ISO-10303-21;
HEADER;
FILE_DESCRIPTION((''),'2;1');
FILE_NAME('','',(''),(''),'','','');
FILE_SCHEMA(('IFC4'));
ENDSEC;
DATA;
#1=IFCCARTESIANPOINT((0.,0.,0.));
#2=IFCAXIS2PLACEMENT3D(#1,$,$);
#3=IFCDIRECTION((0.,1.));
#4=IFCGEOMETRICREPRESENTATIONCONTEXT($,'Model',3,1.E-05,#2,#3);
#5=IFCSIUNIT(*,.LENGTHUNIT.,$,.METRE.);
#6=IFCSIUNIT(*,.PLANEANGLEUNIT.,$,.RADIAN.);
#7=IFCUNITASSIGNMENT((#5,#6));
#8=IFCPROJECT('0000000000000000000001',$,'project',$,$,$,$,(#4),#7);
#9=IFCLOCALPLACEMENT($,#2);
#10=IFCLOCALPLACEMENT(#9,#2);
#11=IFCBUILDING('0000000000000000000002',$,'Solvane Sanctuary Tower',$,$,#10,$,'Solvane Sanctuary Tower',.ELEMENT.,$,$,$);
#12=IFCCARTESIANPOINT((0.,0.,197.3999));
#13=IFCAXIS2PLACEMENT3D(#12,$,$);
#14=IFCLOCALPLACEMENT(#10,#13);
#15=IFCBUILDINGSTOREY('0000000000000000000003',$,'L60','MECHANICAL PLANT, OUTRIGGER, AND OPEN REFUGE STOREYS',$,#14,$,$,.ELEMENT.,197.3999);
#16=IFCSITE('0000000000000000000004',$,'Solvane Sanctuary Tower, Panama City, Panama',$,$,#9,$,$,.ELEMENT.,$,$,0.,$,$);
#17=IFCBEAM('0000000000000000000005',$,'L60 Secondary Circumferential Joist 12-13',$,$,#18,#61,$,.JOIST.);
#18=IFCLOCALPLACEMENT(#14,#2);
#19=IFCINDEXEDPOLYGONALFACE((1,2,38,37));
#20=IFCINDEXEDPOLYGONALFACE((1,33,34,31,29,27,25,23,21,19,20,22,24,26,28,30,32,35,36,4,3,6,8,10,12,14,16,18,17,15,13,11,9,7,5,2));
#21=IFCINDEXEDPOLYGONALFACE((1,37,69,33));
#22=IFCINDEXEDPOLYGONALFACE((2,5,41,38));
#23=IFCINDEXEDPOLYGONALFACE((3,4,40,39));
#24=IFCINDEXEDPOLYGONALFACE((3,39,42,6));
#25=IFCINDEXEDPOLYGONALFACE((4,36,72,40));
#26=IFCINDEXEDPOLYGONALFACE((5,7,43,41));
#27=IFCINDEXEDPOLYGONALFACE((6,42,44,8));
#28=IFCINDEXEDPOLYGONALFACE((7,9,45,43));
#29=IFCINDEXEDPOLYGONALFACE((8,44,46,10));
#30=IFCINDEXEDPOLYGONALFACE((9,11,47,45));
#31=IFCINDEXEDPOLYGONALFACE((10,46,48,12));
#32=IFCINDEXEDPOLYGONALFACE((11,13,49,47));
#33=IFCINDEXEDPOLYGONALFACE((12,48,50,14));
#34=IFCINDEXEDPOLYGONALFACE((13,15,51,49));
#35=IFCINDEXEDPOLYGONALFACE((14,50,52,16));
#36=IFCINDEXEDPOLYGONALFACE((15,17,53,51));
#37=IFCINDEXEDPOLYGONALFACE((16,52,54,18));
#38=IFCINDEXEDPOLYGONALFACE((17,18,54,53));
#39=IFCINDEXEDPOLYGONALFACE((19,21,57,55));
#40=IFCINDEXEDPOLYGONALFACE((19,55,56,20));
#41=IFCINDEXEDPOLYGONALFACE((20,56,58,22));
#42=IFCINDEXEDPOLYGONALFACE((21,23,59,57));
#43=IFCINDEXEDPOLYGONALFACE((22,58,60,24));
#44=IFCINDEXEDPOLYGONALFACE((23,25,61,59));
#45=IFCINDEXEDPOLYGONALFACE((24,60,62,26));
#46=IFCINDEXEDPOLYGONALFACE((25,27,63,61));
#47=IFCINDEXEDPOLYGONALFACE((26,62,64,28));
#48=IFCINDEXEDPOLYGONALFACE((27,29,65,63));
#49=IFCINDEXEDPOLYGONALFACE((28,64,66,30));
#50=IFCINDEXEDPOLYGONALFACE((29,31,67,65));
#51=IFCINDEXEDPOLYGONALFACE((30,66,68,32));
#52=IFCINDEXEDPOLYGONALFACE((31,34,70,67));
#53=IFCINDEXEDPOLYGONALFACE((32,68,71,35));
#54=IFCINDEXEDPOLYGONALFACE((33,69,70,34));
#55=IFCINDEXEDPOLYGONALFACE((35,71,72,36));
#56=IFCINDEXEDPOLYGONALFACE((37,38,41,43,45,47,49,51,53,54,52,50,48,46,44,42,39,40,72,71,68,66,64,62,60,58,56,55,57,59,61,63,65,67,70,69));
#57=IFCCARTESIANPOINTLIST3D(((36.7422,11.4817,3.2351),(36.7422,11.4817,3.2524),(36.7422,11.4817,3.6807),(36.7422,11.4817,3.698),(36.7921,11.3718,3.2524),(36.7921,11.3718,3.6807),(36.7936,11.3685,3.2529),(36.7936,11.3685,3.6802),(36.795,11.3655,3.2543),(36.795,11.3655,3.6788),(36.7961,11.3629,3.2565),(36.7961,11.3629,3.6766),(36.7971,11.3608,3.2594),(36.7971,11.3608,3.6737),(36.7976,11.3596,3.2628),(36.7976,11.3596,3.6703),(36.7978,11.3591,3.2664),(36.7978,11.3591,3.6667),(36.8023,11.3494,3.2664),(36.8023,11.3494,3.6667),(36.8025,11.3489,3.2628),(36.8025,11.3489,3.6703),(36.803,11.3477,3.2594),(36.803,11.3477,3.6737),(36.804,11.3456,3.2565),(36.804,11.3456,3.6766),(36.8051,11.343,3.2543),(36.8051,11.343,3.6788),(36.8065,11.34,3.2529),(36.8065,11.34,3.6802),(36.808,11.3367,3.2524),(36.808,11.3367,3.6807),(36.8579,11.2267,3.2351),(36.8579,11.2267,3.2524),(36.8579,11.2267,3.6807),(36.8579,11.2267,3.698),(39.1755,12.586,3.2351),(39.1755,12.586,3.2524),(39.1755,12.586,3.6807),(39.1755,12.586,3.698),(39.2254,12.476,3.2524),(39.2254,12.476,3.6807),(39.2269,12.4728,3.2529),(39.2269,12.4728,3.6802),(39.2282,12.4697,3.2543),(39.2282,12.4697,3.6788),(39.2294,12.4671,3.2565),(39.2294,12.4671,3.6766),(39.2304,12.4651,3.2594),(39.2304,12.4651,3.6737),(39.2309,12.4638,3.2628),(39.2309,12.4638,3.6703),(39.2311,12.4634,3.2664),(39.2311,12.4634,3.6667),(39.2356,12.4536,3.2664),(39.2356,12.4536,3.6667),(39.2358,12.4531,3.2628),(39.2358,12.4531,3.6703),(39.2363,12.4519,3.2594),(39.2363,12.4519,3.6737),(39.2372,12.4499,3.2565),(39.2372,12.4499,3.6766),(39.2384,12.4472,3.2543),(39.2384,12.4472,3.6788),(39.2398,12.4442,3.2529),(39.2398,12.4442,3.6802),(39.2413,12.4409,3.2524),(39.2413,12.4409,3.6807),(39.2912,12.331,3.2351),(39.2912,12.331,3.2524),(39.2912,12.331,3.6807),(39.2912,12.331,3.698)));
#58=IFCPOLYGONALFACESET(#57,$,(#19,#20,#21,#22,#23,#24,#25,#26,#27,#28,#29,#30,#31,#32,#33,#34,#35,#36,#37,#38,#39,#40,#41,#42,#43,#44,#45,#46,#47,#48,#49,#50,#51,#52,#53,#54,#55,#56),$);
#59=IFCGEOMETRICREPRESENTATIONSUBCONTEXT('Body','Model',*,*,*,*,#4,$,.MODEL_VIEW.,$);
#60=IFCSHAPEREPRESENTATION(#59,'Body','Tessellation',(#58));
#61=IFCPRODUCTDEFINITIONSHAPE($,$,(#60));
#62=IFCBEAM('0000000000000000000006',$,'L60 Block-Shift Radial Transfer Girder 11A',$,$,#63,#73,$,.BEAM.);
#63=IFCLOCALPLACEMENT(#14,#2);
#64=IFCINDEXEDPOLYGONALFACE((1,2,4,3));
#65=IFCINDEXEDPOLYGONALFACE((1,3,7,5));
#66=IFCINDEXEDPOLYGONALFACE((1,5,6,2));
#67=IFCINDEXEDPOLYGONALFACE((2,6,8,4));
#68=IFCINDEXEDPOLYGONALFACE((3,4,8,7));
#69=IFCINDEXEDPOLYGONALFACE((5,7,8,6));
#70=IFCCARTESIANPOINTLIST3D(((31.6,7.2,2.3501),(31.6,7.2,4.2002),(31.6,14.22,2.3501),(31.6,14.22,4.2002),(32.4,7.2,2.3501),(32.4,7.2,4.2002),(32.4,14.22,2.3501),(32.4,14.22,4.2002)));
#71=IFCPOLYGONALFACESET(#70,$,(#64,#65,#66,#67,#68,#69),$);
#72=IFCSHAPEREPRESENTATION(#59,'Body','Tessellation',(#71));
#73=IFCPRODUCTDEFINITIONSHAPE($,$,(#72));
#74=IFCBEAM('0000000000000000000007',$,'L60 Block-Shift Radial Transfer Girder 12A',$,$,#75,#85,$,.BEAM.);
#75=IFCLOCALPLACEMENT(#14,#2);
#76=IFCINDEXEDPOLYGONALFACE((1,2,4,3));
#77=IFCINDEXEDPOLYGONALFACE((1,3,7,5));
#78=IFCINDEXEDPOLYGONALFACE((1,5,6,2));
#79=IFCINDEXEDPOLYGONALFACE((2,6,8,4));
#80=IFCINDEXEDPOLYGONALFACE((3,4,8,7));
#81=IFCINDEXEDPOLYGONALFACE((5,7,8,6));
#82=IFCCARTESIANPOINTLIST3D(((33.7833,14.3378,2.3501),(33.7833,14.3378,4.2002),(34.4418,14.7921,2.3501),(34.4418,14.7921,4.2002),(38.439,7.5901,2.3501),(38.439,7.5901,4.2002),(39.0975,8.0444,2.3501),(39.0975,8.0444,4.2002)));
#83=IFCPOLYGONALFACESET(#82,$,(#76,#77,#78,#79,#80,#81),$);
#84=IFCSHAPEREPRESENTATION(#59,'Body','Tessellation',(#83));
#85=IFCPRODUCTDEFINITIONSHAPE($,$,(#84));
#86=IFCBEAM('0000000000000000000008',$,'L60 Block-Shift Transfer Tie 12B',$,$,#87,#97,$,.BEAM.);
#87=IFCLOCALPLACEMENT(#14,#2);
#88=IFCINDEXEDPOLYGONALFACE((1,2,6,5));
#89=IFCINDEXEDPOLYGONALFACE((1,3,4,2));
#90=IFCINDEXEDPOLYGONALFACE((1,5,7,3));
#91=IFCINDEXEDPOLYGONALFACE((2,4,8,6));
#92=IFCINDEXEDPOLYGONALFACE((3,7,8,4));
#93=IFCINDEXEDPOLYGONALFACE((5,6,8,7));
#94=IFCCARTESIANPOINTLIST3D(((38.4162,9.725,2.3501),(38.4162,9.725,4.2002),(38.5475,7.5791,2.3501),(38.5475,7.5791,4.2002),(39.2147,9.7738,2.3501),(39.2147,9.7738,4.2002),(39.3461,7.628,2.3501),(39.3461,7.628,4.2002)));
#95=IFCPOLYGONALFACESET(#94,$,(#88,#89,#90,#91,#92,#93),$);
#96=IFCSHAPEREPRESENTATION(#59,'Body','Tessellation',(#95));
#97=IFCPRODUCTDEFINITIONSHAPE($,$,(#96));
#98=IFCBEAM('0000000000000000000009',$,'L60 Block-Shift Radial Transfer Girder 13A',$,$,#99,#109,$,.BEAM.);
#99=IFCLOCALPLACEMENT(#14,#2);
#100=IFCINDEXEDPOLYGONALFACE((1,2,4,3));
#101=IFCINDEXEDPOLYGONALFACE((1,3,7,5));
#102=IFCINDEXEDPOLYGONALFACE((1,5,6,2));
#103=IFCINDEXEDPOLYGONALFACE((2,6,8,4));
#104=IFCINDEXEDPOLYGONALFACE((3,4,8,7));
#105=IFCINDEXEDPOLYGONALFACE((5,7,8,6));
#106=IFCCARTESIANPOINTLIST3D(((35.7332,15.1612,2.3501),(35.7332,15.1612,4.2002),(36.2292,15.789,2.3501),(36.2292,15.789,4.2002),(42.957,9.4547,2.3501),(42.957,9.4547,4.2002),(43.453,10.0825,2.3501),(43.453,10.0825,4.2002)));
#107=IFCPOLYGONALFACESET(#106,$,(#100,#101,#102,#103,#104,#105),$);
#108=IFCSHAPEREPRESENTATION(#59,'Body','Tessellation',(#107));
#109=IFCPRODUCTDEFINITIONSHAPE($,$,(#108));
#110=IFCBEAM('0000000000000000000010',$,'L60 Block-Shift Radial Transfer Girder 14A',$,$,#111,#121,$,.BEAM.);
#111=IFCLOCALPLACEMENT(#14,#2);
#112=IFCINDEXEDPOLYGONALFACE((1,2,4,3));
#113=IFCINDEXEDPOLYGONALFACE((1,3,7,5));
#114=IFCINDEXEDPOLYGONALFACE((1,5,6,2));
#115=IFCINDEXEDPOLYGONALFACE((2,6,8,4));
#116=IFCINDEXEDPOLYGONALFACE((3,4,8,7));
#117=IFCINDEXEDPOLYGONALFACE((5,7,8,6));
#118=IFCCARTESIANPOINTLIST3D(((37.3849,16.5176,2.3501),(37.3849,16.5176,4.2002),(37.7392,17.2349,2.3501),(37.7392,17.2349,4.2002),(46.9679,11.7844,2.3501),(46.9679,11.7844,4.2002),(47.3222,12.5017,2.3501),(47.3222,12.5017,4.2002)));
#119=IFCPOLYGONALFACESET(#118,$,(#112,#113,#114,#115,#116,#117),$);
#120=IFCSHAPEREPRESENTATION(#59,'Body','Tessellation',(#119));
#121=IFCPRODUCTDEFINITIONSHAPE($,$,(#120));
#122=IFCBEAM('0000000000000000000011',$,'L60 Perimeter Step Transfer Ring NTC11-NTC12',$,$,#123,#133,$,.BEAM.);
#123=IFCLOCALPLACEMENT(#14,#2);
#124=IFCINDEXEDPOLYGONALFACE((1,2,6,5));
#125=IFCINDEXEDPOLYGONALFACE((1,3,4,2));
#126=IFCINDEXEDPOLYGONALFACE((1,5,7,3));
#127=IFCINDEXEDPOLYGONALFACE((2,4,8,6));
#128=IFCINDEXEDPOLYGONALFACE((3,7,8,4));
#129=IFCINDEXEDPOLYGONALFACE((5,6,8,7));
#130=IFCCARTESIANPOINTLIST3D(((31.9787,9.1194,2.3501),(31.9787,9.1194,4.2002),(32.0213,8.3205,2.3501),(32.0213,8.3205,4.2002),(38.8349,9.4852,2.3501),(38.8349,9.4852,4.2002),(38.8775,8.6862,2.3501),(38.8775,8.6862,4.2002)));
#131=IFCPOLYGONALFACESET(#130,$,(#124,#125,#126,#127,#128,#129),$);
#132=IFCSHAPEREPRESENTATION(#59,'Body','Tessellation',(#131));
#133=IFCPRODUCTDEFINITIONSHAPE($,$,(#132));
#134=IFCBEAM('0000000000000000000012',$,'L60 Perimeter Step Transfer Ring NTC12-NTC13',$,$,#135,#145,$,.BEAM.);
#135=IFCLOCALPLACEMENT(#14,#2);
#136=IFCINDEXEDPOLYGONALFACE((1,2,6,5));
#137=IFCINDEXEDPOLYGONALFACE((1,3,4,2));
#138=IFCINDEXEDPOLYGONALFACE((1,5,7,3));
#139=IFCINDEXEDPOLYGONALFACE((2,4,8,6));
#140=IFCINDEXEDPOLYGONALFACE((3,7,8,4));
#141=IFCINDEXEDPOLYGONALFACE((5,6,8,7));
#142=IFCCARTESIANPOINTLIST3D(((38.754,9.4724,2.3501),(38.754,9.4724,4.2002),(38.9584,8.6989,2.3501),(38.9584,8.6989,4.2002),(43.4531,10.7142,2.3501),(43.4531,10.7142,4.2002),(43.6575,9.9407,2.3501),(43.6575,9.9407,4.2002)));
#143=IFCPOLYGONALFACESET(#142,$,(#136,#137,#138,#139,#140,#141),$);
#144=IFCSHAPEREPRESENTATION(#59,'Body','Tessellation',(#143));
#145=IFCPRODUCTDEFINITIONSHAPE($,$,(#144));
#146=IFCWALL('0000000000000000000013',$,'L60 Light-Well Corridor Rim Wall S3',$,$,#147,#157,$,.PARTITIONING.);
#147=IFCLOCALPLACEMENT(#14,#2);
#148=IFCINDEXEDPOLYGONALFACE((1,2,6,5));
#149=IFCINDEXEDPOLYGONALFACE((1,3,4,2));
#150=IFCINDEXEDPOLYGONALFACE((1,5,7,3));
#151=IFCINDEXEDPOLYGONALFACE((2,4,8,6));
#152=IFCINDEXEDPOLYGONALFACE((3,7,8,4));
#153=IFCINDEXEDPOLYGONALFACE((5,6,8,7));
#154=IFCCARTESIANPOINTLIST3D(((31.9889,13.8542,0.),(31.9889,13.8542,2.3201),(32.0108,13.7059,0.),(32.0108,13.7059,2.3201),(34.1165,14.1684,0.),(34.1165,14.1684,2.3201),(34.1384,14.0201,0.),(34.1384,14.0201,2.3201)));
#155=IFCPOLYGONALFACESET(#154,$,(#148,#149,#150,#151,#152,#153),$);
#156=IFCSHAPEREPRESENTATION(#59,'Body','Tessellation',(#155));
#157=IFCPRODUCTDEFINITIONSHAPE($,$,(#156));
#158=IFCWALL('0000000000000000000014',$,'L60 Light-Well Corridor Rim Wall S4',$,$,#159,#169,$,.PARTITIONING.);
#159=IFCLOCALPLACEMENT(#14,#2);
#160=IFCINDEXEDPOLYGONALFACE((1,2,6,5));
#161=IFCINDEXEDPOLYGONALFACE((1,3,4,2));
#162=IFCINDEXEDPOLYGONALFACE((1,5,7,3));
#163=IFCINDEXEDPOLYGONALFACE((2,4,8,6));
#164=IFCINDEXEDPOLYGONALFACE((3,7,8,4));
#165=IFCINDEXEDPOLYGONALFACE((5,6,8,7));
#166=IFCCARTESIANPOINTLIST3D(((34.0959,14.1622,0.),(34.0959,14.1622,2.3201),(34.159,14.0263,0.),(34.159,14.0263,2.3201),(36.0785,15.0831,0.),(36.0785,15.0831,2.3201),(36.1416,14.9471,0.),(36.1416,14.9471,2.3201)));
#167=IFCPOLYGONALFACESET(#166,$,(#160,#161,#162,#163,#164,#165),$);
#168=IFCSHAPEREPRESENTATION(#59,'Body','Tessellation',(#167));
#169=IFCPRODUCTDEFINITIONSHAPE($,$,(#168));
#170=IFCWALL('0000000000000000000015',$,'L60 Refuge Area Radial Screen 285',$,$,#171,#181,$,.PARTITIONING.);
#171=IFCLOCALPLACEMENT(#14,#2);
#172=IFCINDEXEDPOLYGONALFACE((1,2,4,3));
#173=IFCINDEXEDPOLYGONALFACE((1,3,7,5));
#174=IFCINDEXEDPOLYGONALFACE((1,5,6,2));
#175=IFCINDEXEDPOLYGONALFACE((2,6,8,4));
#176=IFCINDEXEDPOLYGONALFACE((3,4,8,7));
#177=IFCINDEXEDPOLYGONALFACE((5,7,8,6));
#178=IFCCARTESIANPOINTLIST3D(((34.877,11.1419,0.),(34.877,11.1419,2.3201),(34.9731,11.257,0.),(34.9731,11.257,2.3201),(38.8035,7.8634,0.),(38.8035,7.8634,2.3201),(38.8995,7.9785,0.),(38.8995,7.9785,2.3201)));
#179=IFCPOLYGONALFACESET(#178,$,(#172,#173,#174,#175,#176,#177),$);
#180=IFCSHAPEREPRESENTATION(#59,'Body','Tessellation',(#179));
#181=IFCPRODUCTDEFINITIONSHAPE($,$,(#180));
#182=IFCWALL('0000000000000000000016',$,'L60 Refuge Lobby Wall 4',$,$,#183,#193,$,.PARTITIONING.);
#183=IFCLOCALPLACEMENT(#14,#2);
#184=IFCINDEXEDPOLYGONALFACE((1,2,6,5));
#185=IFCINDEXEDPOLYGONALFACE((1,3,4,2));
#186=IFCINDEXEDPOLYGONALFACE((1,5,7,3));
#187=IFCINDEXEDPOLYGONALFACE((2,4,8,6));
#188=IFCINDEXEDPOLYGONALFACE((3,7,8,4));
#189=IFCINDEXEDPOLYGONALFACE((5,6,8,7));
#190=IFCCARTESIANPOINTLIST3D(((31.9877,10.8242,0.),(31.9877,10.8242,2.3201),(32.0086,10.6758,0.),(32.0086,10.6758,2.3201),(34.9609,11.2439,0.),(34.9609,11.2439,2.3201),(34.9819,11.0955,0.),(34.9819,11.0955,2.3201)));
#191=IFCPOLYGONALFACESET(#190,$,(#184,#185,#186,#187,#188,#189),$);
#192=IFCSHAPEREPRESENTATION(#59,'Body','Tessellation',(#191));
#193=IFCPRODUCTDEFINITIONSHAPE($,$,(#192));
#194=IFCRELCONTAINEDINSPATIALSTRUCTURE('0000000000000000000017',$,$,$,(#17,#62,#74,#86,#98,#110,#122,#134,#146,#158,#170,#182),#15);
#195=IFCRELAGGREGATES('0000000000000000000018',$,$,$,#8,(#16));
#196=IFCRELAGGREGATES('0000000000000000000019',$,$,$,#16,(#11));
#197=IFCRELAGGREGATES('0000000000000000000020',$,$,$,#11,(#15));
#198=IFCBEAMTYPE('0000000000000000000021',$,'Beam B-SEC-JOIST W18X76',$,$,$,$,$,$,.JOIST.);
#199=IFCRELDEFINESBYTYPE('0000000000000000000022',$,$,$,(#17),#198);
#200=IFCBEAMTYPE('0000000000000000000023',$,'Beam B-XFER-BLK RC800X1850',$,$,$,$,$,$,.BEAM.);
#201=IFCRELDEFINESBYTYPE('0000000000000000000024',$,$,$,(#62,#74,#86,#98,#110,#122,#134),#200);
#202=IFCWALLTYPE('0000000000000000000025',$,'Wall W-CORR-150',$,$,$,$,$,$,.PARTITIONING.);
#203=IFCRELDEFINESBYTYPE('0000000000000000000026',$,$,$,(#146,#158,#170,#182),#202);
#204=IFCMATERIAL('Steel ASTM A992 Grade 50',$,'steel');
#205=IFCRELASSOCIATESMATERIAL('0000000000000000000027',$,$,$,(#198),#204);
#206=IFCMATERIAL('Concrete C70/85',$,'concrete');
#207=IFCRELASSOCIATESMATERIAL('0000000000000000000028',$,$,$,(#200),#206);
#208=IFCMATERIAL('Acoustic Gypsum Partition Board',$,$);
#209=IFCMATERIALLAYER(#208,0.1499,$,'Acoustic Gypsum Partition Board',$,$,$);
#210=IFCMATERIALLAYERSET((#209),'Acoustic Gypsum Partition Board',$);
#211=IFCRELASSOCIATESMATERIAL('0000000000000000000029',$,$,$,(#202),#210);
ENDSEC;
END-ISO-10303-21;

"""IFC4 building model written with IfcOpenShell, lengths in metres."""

from ifc_helpers import new_model, si_unit, direction, frame, frame_2d, origin, origin_2d, place, context, subcontext, project, spatial, rectangle, i_section, extrude, material, layer, layer_set, material_profile, profile_set, type_object, element, save


model = new_model("IFC4")

# Units and contexts
model_context = context("Model", 3, precision=1e-05, world=origin(), true_north=direction((0.0, 1.0)))
body_context = subcontext(model_context, "Body", "Model", "MODEL_VIEW")
ifc_project = project(units=[si_unit("LENGTHUNIT", "METRE"), si_unit("PLANEANGLEUNIT", "RADIAN")], contexts=[model_context])

# Site, building, storey
site_placement = place(None, origin())
site = spatial("IfcSite", under=ifc_project, at=site_placement, Name="Solvane Sanctuary Tower, Panama City, Panama", CompositionType="ELEMENT", RefElevation=0.0)
building_placement = place(site_placement, origin())
building = spatial("IfcBuilding", under=site, at=building_placement, Name="Solvane Sanctuary Tower", LongName="Solvane Sanctuary Tower", CompositionType="ELEMENT")
storey_placement = place(building_placement, frame((0.0, 0.0, 197.3999)))
storey = spatial("IfcBuildingStorey", under=building, at=storey_placement, Name="L60", Description="MECHANICAL PLANT, OUTRIGGER, AND OPEN REFUGE STOREYS", CompositionType="ELEMENT", Elevation=197.3999)

# Beams
ifc_material_1 = material(Name="Steel ASTM A992 Grade 50", Category="steel")
ifc_material_profile_1 = material_profile(ifc_material_1, i_section(OverallWidth=0.28, OverallDepth=0.4629, WebThickness=0.0107, FlangeThickness=0.0173, FilletRadius=0.0139, at=origin_2d()), Name="W18X76")
ifc_profile_set_1 = profile_set([ifc_material_profile_1], Name="Steel ASTM A992 Grade 50")
beam_type_1 = type_object("IfcBeamType", Name="Beam B-SEC-JOIST W18X76", PredefinedType="JOIST", material=ifc_profile_set_1)
beam_1_placement = place(storey_placement, frame((36.8, 11.3542, 3.4666), z_axis=(0.910623, 0.413238, 0.0), x_axis=(-0.413238, 0.910623, 0.0)))
element("IfcBeam", 1, at=beam_1_placement, inside=storey, type_object=beam_type_1, Name="L60 Secondary Circumferential Joist 12-13", PredefinedType="JOIST", context=body_context, shape_type="SweptSolid", body=[
    extrude(i_section(OverallWidth=0.28, OverallDepth=0.4629, WebThickness=0.0107, FlangeThickness=0.0173, FilletRadius=0.0139, at=origin_2d()), origin(), (0.0, 0.0, 1.0), 2.6721),
])
ifc_material_2 = material(Name="Concrete C70/85", Category="concrete")
ifc_material_profile_2 = material_profile(ifc_material_2, rectangle(XDim=0.8, YDim=1.8501, at=origin_2d()), Name="RC800X1850")
ifc_profile_set_2 = profile_set([ifc_material_profile_2], Name="Concrete C70/85")
beam_type_2 = type_object("IfcBeamType", Name="Beam B-XFER-BLK RC800X1850", PredefinedType="BEAM", material=ifc_profile_set_2)
beam_2_placement = place(storey_placement, frame((32.0, 14.22, 3.2751), z_axis=(0.0, -1.0, 0.0), x_axis=(1.0, 0.0, 0.0)))
element("IfcBeam", 2, at=beam_2_placement, inside=storey, type_object=beam_type_2, Name="L60 Block-Shift Radial Transfer Girder 11A", PredefinedType="BEAM", context=body_context, shape_type="SweptSolid", body=[
    extrude(rectangle(XDim=0.8, YDim=1.8501, at=origin_2d()), origin(), (0.0, 0.0, 1.0), 7.02),
])
beam_3_placement = place(storey_placement, frame((34.1125, 14.5649, 3.2751), z_axis=(0.567907, -0.823093, 0.0), x_axis=(0.823093, 0.567907, 0.0)))
element("IfcBeam", 3, at=beam_3_placement, inside=storey, type_object=beam_type_2, Name="L60 Block-Shift Radial Transfer Girder 12A", PredefinedType="BEAM", context=body_context, shape_type="SweptSolid", body=[
    extrude(rectangle(XDim=0.8, YDim=1.8501, at=origin_2d()), origin(), (0.0, 0.0, 1.0), 8.198),
])
beam_4_placement = place(storey_placement, frame((38.9468, 7.6035, 3.2751), z_axis=(-0.061092, 0.998132, 0.0), x_axis=(-0.998132, -0.061092, 0.0)))
element("IfcBeam", 4, at=beam_4_placement, inside=storey, type_object=beam_type_2, Name="L60 Block-Shift Transfer Tie 12B", PredefinedType="BEAM", context=body_context, shape_type="SweptSolid", body=[
    extrude(rectangle(XDim=0.8, YDim=1.8501, at=origin_2d()), origin(), (0.0, 0.0, 1.0), 2.1499),
])
beam_5_placement = place(storey_placement, frame((35.9812, 15.4751, 3.2751), z_axis=(0.784699, -0.619877, 0.0), x_axis=(0.619877, 0.784699, 0.0)))
element("IfcBeam", 5, at=beam_5_placement, inside=storey, type_object=beam_type_2, Name="L60 Block-Shift Radial Transfer Girder 13A", PredefinedType="BEAM", context=body_context, shape_type="SweptSolid", body=[
    extrude(rectangle(XDim=0.8, YDim=1.8501, at=origin_2d()), origin(), (0.0, 0.0, 1.0), 9.2058),
])
beam_6_placement = place(storey_placement, frame((37.562, 16.8762, 3.2751), z_axis=(0.8966, -0.442841, 0.0), x_axis=(0.442841, 0.8966, 0.0)))
element("IfcBeam", 6, at=beam_6_placement, inside=storey, type_object=beam_type_2, Name="L60 Block-Shift Radial Transfer Girder 14A", PredefinedType="BEAM", context=body_context, shape_type="SweptSolid", body=[
    extrude(rectangle(XDim=0.8, YDim=1.8501, at=origin_2d()), origin(), (0.0, 0.0, 1.0), 10.6882),
])
beam_7_placement = place(storey_placement, frame((32.0, 8.72, 3.2751), z_axis=(0.99858, 0.053266, 0.0), x_axis=(-0.053266, 0.99858, 0.0)))
element("IfcBeam", 7, at=beam_7_placement, inside=storey, type_object=beam_type_2, Name="L60 Perimeter Step Transfer Ring NTC11-NTC12", PredefinedType="BEAM", context=body_context, shape_type="SweptSolid", body=[
    extrude(rectangle(XDim=0.8, YDim=1.8501, at=origin_2d()), origin(), (0.0, 0.0, 1.0), 6.866),
])
beam_8_placement = place(storey_placement, frame((38.8562, 9.0857, 3.2751), z_axis=(0.966814, 0.25548, 0.0), x_axis=(-0.25548, 0.966814, 0.0)))
element("IfcBeam", 8, at=beam_8_placement, inside=storey, type_object=beam_type_2, Name="L60 Perimeter Step Transfer Ring NTC12-NTC13", PredefinedType="BEAM", context=body_context, shape_type="SweptSolid", body=[
    extrude(rectangle(XDim=0.8, YDim=1.8501, at=origin_2d()), origin(), (0.0, 0.0, 1.0), 4.8604),
])

# Walls
ifc_material_3 = material(Name="Acoustic Gypsum Partition Board")
ifc_layer = layer(ifc_material_3, 0.1499, Name="Acoustic Gypsum Partition Board")
ifc_layer_set = layer_set([ifc_layer], Name="Acoustic Gypsum Partition Board")
wall_type = type_object("IfcWallType", Name="Wall W-CORR-150", PredefinedType="PARTITIONING", material=ifc_layer_set)
wall_1_placement = place(storey_placement, frame((32.0, 13.78, 0.0), z_axis=(0.0, 0.0, 1.0), x_axis=(0.989269, 0.146108, 0.0)))
element("IfcWall", 9, at=wall_1_placement, inside=storey, type_object=wall_type, Name="L60 Light-Well Corridor Rim Wall S3", PredefinedType="PARTITIONING", context=body_context, shape_type="SweptSolid", body=[
    extrude(rectangle(XDim=2.1506, YDim=0.1499, at=frame_2d((1.0752, 0.0))), origin(), (0.0, 0.0, 1.0), 2.3201),
])
wall_2_placement = place(storey_placement, frame((34.1274, 14.0942, 0.0), z_axis=(0.0, 0.0, 1.0), x_axis=(0.906943, 0.421252, 0.0)))
element("IfcWall", 10, at=wall_2_placement, inside=storey, type_object=wall_type, Name="L60 Light-Well Corridor Rim Wall S4", PredefinedType="PARTITIONING", context=body_context, shape_type="SweptSolid", body=[
    extrude(rectangle(XDim=2.186, YDim=0.1499, at=frame_2d((1.093, 0.0))), origin(), (0.0, 0.0, 1.0), 2.3201),
])
wall_3_placement = place(storey_placement, frame((34.925, 11.1995, 0.0), z_axis=(0.0, 0.0, 1.0), x_axis=(0.767599, -0.640931, 0.0)))
element("IfcWall", 11, at=wall_3_placement, inside=storey, type_object=wall_type, Name="L60 Refuge Area Radial Screen 285", PredefinedType="PARTITIONING", context=body_context, shape_type="SweptSolid", body=[
    extrude(rectangle(XDim=5.1152, YDim=0.1499, at=frame_2d((2.5576, 0.0))), origin(), (0.0, 0.0, 1.0), 2.3201),
])
wall_4_placement = place(storey_placement, frame((31.998, 10.75, 0.0), z_axis=(0.0, 0.0, 1.0), x_axis=(0.990184, 0.139771, 0.0)))
element("IfcWall", 12, at=wall_4_placement, inside=storey, type_object=wall_type, Name="L60 Refuge Lobby Wall 4", PredefinedType="PARTITIONING", context=body_context, shape_type="SweptSolid", body=[
    extrude(rectangle(XDim=3.0027, YDim=0.1499, at=frame_2d((1.5015, 0.0))), origin(), (0.0, 0.0, 1.0), 2.3201),
])

save(model, "model.ifc")
